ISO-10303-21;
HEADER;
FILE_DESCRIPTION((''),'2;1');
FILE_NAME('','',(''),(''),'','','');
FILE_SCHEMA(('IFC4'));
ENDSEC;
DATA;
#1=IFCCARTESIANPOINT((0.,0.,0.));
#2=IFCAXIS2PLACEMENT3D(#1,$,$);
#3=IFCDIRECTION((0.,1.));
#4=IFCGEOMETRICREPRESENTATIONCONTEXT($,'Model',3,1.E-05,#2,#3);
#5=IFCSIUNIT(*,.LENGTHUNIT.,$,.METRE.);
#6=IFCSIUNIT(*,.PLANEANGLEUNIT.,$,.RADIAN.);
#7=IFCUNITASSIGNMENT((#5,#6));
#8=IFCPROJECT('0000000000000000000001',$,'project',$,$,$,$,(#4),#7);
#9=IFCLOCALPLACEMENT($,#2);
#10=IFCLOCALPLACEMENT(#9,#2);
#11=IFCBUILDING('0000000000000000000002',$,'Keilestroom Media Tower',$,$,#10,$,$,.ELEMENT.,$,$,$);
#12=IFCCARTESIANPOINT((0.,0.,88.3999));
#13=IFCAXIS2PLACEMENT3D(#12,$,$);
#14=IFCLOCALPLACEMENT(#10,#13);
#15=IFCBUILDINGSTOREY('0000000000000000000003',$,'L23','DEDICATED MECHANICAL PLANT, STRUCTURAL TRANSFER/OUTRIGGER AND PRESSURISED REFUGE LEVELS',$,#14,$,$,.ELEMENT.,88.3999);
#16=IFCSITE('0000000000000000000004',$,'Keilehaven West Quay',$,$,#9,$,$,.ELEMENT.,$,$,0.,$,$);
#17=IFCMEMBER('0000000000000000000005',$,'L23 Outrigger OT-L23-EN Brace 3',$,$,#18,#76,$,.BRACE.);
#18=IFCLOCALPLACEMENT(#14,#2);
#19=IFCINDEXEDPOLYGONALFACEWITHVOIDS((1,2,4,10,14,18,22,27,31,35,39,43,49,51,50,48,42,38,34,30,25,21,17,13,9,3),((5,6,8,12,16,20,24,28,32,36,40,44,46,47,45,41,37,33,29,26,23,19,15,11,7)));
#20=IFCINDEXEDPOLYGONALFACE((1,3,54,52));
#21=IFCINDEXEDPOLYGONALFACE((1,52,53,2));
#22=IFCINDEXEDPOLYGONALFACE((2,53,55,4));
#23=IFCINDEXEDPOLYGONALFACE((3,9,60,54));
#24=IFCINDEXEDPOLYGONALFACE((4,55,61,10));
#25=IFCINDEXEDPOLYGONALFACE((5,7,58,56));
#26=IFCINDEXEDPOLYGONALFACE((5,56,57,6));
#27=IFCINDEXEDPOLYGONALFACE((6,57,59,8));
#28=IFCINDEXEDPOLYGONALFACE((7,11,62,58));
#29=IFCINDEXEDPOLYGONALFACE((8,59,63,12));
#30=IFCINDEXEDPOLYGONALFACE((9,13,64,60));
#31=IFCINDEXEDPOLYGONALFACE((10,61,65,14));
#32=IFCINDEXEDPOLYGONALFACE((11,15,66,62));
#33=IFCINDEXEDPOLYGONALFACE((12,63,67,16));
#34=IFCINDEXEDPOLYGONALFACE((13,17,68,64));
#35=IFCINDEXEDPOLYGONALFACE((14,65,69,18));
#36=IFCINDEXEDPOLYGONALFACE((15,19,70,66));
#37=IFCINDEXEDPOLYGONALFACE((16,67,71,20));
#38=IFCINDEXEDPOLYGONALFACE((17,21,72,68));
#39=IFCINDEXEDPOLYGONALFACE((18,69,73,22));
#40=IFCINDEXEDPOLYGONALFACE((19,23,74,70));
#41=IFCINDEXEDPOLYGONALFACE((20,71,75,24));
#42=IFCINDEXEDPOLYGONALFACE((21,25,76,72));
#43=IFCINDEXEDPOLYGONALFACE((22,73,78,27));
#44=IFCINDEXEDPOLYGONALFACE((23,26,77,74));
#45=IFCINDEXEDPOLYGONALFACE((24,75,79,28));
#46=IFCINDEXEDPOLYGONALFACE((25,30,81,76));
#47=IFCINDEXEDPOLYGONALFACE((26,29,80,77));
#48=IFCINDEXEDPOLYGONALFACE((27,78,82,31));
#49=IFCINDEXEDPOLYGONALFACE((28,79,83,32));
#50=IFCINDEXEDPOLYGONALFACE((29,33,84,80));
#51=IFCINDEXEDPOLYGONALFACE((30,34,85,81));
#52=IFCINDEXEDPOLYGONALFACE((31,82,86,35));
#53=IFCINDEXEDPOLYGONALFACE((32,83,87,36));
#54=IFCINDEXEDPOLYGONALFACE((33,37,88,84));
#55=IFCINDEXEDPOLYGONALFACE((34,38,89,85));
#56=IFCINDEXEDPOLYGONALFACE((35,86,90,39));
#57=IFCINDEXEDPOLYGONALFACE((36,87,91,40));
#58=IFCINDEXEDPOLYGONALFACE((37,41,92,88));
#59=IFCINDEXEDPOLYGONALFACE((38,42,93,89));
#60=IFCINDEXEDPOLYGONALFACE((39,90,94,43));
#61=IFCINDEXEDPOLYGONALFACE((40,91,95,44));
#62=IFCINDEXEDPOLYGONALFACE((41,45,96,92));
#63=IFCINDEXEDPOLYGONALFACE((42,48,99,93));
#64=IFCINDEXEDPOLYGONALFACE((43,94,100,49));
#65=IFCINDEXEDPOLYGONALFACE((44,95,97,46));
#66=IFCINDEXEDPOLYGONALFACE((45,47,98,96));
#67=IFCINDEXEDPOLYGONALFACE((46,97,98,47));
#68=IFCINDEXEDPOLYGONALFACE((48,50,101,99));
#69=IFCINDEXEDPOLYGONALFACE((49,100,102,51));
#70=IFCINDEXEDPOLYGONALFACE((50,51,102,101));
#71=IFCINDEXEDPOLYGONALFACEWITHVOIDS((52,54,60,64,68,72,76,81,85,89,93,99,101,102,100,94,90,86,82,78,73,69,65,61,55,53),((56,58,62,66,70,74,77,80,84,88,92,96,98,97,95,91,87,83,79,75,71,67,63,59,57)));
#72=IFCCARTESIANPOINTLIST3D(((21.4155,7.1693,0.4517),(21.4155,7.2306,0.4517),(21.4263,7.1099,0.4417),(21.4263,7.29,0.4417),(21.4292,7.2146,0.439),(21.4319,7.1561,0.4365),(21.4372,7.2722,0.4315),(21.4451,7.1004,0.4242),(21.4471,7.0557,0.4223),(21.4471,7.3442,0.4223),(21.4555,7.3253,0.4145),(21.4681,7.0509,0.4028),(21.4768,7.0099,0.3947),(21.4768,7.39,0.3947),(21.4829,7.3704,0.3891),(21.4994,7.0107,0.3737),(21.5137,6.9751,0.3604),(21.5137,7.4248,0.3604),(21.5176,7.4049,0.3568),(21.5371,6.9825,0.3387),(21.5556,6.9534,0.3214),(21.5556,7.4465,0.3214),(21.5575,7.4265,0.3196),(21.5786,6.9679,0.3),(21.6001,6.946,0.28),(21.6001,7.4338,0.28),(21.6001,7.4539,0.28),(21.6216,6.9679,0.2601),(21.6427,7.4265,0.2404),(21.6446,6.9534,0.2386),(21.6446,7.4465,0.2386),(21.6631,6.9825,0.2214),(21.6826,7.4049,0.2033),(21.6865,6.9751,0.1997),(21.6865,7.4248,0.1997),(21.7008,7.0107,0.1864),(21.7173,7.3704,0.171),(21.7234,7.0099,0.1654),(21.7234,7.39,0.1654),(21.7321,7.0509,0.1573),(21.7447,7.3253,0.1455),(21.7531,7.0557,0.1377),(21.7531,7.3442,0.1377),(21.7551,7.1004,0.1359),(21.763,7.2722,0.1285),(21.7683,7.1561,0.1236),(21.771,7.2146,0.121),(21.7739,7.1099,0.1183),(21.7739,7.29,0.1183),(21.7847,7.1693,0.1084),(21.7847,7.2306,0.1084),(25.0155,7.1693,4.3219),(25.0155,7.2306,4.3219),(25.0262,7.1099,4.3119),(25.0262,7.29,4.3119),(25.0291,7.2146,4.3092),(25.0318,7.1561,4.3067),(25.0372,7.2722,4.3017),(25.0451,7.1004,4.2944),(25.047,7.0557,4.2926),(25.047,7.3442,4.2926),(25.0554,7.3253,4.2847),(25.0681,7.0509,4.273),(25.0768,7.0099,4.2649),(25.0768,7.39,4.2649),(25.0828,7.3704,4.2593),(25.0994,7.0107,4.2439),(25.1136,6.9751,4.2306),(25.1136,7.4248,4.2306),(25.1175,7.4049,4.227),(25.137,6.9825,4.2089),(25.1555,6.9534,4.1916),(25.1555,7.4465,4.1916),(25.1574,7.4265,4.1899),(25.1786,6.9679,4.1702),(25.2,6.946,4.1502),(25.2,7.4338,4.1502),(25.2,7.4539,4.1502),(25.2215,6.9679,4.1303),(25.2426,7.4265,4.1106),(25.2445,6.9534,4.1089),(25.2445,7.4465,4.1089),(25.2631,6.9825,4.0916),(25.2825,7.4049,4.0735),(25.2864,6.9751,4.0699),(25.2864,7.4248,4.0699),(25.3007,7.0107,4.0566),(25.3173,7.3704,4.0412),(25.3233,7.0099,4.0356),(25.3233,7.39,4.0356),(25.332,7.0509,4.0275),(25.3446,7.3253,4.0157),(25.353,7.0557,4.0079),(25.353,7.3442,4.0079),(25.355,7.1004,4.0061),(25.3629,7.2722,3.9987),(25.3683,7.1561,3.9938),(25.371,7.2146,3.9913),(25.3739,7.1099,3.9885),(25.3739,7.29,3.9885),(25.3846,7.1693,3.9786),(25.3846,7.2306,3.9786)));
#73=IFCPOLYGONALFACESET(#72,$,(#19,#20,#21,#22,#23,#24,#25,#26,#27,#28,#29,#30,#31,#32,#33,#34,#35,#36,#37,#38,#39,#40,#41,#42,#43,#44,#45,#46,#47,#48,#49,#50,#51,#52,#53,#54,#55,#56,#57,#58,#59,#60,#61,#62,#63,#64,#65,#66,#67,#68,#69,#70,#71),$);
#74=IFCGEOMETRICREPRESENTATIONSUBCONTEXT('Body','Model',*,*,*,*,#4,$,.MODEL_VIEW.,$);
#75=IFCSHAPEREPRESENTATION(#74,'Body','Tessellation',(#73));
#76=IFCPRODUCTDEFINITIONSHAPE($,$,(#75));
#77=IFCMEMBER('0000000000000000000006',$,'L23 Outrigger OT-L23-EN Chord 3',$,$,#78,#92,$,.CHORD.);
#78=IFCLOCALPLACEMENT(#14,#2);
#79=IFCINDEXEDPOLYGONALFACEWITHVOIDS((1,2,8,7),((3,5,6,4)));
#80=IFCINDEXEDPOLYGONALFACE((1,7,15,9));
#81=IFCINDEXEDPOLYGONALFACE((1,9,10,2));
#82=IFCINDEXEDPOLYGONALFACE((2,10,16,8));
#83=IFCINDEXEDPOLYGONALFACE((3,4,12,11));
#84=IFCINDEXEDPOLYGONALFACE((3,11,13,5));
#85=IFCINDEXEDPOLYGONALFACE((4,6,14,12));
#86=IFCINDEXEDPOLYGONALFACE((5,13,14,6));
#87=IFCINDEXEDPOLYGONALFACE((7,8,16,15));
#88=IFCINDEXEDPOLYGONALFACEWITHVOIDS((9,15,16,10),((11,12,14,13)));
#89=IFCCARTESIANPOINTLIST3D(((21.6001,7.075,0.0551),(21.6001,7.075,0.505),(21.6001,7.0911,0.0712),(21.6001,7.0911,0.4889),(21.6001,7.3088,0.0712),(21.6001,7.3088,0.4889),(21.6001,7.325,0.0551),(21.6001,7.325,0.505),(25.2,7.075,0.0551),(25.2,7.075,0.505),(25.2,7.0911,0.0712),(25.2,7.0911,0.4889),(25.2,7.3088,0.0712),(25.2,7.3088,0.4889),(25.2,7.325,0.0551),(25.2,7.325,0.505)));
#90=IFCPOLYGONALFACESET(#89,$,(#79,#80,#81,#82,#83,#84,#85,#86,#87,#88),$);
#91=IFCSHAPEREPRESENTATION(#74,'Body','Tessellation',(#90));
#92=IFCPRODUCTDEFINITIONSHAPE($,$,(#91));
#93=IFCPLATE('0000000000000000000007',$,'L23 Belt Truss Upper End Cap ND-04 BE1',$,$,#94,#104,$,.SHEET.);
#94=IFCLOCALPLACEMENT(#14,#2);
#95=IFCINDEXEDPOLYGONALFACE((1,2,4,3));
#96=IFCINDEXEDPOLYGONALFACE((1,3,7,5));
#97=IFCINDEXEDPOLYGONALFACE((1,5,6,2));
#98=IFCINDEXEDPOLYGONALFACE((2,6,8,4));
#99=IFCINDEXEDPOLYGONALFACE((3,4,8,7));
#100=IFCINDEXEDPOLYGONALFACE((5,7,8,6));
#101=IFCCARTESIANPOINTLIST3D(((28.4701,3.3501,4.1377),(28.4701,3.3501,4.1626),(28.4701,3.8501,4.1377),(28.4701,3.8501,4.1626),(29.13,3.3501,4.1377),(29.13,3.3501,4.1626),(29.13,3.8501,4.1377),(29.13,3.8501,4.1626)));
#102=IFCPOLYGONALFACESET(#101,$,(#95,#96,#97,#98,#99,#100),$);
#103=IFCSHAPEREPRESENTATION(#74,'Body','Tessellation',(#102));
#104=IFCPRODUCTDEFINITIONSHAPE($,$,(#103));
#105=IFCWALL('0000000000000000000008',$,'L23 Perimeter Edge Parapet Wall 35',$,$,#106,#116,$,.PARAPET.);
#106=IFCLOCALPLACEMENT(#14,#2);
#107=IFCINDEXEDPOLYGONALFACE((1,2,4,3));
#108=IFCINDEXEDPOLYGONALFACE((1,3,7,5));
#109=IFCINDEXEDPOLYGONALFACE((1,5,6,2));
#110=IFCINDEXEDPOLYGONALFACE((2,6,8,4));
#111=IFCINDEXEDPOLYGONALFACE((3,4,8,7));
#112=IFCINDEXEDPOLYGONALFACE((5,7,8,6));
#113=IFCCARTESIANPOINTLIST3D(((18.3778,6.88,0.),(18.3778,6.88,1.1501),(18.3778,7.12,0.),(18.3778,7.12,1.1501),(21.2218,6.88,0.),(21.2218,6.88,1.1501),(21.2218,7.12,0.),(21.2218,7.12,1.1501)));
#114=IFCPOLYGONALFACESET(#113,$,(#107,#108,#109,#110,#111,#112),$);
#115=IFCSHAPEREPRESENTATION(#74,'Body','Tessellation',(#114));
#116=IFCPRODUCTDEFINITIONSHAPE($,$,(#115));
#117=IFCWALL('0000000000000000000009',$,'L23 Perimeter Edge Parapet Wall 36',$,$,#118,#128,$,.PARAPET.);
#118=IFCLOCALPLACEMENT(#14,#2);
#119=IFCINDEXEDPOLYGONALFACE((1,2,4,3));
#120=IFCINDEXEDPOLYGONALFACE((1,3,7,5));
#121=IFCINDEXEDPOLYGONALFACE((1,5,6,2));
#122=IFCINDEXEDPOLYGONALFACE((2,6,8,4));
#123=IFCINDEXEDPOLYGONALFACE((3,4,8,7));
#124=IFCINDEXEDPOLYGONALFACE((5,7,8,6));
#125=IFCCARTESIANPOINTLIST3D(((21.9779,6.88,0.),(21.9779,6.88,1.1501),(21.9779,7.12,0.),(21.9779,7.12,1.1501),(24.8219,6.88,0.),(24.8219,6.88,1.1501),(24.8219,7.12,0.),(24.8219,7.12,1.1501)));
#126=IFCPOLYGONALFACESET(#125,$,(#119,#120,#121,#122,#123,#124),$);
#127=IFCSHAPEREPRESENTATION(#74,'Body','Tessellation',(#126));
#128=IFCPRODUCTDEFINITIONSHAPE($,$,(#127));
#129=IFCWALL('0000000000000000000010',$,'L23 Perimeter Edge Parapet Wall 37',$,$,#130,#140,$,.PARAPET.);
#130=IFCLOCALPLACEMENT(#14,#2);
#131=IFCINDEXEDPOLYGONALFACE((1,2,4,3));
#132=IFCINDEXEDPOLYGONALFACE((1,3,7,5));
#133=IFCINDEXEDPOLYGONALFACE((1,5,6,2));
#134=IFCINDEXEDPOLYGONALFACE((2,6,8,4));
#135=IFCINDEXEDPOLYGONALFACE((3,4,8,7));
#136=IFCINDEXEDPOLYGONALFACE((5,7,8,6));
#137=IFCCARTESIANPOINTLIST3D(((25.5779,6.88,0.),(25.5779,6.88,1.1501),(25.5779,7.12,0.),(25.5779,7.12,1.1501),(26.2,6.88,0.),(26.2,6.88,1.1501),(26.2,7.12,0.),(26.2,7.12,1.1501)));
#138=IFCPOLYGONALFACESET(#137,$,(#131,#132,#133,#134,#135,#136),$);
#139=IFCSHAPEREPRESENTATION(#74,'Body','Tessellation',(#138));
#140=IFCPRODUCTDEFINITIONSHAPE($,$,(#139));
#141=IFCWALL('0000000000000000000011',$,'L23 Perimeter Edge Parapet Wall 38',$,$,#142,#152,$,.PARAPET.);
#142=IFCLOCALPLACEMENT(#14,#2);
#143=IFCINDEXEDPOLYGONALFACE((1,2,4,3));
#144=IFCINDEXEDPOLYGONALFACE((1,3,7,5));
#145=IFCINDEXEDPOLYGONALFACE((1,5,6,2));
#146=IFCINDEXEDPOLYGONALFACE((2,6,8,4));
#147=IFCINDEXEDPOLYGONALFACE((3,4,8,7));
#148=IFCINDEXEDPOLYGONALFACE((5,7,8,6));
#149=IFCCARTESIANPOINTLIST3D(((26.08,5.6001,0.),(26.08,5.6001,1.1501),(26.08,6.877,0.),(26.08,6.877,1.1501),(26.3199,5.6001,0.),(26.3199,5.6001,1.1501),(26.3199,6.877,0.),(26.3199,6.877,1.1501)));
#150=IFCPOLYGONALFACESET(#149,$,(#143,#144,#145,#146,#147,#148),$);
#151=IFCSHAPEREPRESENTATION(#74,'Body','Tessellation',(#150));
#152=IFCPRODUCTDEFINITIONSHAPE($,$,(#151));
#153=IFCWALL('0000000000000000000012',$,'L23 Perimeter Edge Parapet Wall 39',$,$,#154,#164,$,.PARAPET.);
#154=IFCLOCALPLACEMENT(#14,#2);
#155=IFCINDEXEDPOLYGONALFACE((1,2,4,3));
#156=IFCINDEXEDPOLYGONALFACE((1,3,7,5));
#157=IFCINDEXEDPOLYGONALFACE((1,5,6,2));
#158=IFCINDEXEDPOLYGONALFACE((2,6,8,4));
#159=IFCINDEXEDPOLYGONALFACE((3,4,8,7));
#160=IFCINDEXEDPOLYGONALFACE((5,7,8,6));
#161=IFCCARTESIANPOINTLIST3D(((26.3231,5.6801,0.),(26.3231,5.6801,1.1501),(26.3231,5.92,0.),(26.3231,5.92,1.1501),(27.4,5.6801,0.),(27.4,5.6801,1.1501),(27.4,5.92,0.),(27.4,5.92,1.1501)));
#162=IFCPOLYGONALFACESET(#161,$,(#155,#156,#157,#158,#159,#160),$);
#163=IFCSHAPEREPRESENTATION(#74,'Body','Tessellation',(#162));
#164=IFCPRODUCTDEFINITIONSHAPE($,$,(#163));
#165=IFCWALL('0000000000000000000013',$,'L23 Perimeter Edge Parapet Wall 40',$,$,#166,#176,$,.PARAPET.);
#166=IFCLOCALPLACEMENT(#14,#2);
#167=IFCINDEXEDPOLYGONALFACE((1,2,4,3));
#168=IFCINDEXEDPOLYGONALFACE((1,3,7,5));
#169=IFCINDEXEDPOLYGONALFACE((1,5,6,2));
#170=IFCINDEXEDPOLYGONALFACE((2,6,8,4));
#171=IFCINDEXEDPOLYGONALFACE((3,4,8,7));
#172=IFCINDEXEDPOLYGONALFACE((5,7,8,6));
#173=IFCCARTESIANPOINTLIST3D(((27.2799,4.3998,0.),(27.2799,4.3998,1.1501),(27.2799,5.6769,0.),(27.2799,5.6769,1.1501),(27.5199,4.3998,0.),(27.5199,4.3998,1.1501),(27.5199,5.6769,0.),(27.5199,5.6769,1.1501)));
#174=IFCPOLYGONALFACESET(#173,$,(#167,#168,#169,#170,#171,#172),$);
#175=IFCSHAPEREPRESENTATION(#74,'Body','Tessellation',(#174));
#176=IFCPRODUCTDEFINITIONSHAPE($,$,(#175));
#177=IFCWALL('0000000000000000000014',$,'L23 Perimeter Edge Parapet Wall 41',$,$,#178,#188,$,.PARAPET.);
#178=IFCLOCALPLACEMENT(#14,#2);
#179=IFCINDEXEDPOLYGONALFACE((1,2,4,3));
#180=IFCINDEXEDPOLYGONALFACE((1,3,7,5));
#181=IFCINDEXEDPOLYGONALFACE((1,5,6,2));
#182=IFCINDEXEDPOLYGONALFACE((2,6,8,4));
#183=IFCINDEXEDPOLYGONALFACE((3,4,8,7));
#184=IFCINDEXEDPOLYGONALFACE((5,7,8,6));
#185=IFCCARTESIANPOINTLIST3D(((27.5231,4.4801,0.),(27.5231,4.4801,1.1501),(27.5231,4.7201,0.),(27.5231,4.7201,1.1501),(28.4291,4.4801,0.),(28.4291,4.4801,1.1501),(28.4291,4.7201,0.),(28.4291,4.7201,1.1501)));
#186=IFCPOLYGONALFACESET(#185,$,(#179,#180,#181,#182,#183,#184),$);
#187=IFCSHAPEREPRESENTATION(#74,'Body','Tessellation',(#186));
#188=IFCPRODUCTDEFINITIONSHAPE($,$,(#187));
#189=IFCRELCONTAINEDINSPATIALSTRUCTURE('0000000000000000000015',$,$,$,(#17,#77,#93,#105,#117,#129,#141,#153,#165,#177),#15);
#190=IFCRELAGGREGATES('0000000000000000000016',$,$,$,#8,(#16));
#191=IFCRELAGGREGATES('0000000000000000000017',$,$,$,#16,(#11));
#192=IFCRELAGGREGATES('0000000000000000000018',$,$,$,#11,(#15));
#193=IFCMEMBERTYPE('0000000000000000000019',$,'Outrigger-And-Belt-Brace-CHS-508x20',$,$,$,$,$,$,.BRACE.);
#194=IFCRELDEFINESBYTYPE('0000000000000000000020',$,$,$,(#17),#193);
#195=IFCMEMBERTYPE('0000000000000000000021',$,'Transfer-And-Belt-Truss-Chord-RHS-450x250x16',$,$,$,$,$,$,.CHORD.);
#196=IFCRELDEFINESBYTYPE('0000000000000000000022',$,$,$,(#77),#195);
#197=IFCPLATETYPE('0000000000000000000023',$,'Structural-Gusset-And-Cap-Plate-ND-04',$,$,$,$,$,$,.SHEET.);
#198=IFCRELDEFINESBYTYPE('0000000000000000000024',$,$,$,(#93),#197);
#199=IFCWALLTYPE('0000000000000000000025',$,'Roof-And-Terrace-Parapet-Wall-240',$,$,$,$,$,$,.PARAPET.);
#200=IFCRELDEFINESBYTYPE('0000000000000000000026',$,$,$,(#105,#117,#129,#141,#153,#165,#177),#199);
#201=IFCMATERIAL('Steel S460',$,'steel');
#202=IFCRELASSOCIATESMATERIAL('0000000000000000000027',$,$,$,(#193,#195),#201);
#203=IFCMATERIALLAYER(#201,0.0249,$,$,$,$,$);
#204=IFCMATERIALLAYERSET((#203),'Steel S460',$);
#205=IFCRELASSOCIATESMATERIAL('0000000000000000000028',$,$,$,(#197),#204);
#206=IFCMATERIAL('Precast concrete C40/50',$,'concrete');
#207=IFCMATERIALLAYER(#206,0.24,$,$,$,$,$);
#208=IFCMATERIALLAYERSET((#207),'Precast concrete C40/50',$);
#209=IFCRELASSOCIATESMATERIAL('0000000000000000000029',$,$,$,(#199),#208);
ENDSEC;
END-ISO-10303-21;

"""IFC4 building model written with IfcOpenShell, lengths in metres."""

from ifc_helpers import new_model, si_unit, direction, frame, frame_2d, origin, origin_2d, place, context, subcontext, project, spatial, rectangle, hollow_rectangle, hollow_circle, extrude, source, transform, mapped, material, layer, layer_set, material_profile, profile_set, type_object, element, save


model = new_model("IFC4")

# Units and contexts
model_context = context("Model", 3, precision=1e-05, world=origin(), true_north=direction((0.0, 1.0)))
body_context = subcontext(model_context, "Body", "Model", "MODEL_VIEW")
ifc_project = project(units=[si_unit("LENGTHUNIT", "METRE"), si_unit("PLANEANGLEUNIT", "RADIAN")], contexts=[model_context])

# Site, building, storey
site_placement = place(None, origin())
site = spatial("IfcSite", under=ifc_project, at=site_placement, Name="Keilehaven West Quay", CompositionType="ELEMENT", RefElevation=0.0)
building_placement = place(site_placement, origin())
building = spatial("IfcBuilding", under=site, at=building_placement, Name="Keilestroom Media Tower", CompositionType="ELEMENT")
storey_placement = place(building_placement, frame((0.0, 0.0, 88.3999)))
storey = spatial("IfcBuildingStorey", under=building, at=storey_placement, Name="L23", Description="DEDICATED MECHANICAL PLANT, STRUCTURAL TRANSFER/OUTRIGGER AND PRESSURISED REFUGE LEVELS", CompositionType="ELEMENT", Elevation=88.3999)

# Shared definitions
ifc_material_1 = material(Name="Precast concrete C40/50", Category="concrete")
ifc_material_2 = material(Name="Steel S460", Category="steel")

# Members
ifc_material_profile_1 = material_profile(ifc_material_2, hollow_circle(Radius=0.2539, WallThickness=0.02, at=origin_2d()), Name="CHS 508x20")
ifc_profile_set_1 = profile_set([ifc_material_profile_1], Name="Steel S460")
member_type_1 = type_object("IfcMemberType", Name="Outrigger-And-Belt-Brace-CHS-508x20", PredefinedType="BRACE", material=ifc_profile_set_1)
shared_shape_1 = source(origin(), body_context, "Body", "SweptSolid", [
    extrude(hollow_circle(Radius=0.2539, WallThickness=0.02, at=origin_2d()), origin(), (0.0, 0.0, 1.0), 5.2856),
])
member_1_placement = place(storey_placement, frame((21.6001, 7.2, 0.28), z_axis=(0.681078, 0.0, 0.732211), x_axis=(0.0, 1.0, 0.0)))
element("IfcMember", 1, at=member_1_placement, inside=storey, type_object=member_type_1, Name="L23 Outrigger OT-L23-EN Brace 3", PredefinedType="BRACE", context=body_context, shape_type="MappedRepresentation", body=[
    mapped(shared_shape_1, transform((0.0, 0.0, 0.0), x_axis=(1.0, 0.0, 0.0), y_axis=(0.0, 1.0, 0.0), z_axis=(0.0, 0.0, 1.0), scale=1.0)),
])
ifc_material_profile_2 = material_profile(ifc_material_2, hollow_rectangle(XDim=0.25, YDim=0.45, WallThickness=0.0161, at=origin_2d()), Name="RHS 450x250x16")
ifc_profile_set_2 = profile_set([ifc_material_profile_2], Name="Steel S460")
member_type_2 = type_object("IfcMemberType", Name="Transfer-And-Belt-Truss-Chord-RHS-450x250x16", PredefinedType="CHORD", material=ifc_profile_set_2)
shared_shape_2 = source(origin(), body_context, "Body", "SweptSolid", [
    extrude(hollow_rectangle(XDim=0.25, YDim=0.45, WallThickness=0.0161, at=origin_2d()), origin(), (0.0, 0.0, 1.0), 3.5999),
])
member_2_placement = place(storey_placement, frame((21.6001, 7.2, 0.28), z_axis=(1.0, 0.0, 0.0), x_axis=(0.0, 1.0, 0.0)))
element("IfcMember", 2, at=member_2_placement, inside=storey, type_object=member_type_2, Name="L23 Outrigger OT-L23-EN Chord 3", PredefinedType="CHORD", context=body_context, shape_type="MappedRepresentation", body=[
    mapped(shared_shape_2, transform((0.0, 0.0, 0.0), x_axis=(1.0, 0.0, 0.0), y_axis=(0.0, 1.0, 0.0), z_axis=(0.0, 0.0, 1.0), scale=1.0)),
])

# Plate
ifc_layer_1 = layer(ifc_material_2, 0.0249)
ifc_layer_set_1 = layer_set([ifc_layer_1], Name="Steel S460")
plate_type = type_object("IfcPlateType", Name="Structural-Gusset-And-Cap-Plate-ND-04", PredefinedType="SHEET", material=ifc_layer_set_1)
shared_shape_3 = source(origin(), body_context, "Body", "SweptSolid", [
    extrude(rectangle(XDim=0.6599, YDim=0.5, at=origin_2d()), origin(), (0.0, 0.0, 1.0), 0.0249),
])
plate_placement = place(storey_placement, frame((28.8, 3.6001, 4.1377), z_axis=(0.0, 0.0, 1.0), x_axis=(1.0, 0.0, 0.0)))
element("IfcPlate", 3, at=plate_placement, inside=storey, type_object=plate_type, Name="L23 Belt Truss Upper End Cap ND-04 BE1", PredefinedType="SHEET", context=body_context, shape_type="MappedRepresentation", body=[
    mapped(shared_shape_3, transform((0.0, 0.0, 0.0), x_axis=(1.0, 0.0, 0.0), y_axis=(0.0, 1.0, 0.0), z_axis=(0.0, 0.0, 1.0), scale=1.0)),
])

# Walls
ifc_layer_2 = layer(ifc_material_1, 0.24)
ifc_layer_set_2 = layer_set([ifc_layer_2], Name="Precast concrete C40/50")
wall_type = type_object("IfcWallType", Name="Roof-And-Terrace-Parapet-Wall-240", PredefinedType="PARAPET", material=ifc_layer_set_2)
for number, where, z_axis, x_axis, name in (
    (4, (18.3779, 7.0, 0.0), (0.0, 0.0, 1.0), (1.0, 0.0, 0.0), "L23 Perimeter Edge Parapet Wall 35"),
    (5, (21.978, 7.0, 0.0), (0.0, 0.0, 1.0), (1.0, 0.0, 0.0), "L23 Perimeter Edge Parapet Wall 36"),
):
    element("IfcWall", number, at=place(storey_placement, frame(where, z_axis=z_axis, x_axis=x_axis)), inside=storey, type_object=wall_type, Name=name, PredefinedType="PARAPET", context=body_context, shape_type="SweptSolid", body=[
        extrude(rectangle(XDim=2.844, YDim=0.24, at=frame_2d((1.4219, 0.0))), origin(), (0.0, 0.0, 1.0), 1.1501),
    ])
wall_1_placement = place(storey_placement, frame((25.5779, 7.0, 0.0), z_axis=(0.0, 0.0, 1.0), x_axis=(1.0, 0.0, 0.0)))
element("IfcWall", 6, at=wall_1_placement, inside=storey, type_object=wall_type, Name="L23 Perimeter Edge Parapet Wall 37", PredefinedType="PARAPET", context=body_context, shape_type="SweptSolid", body=[
    extrude(rectangle(XDim=0.6221, YDim=0.24, at=frame_2d((0.311, 0.0))), origin(), (0.0, 0.0, 1.0), 1.1501),
])
wall_2_placement = place(storey_placement, frame((26.2, 6.877, 0.0), z_axis=(0.0, 0.0, 1.0), x_axis=(0.0, -1.0, 0.0)))
element("IfcWall", 7, at=wall_2_placement, inside=storey, type_object=wall_type, Name="L23 Perimeter Edge Parapet Wall 38", PredefinedType="PARAPET", context=body_context, shape_type="SweptSolid", body=[
    extrude(rectangle(XDim=1.2769, YDim=0.24, at=frame_2d((0.6384, 0.0))), origin(), (0.0, 0.0, 1.0), 1.1501),
])
wall_3_placement = place(storey_placement, frame((26.323, 5.8, 0.0), z_axis=(0.0, 0.0, 1.0), x_axis=(1.0, 0.0, 0.0)))
element("IfcWall", 8, at=wall_3_placement, inside=storey, type_object=wall_type, Name="L23 Perimeter Edge Parapet Wall 39", PredefinedType="PARAPET", context=body_context, shape_type="SweptSolid", body=[
    extrude(rectangle(XDim=1.0769, YDim=0.24, at=frame_2d((0.5386, 0.0))), origin(), (0.0, 0.0, 1.0), 1.1501),
])
wall_4_placement = place(storey_placement, frame((27.3999, 5.677, 0.0), z_axis=(0.0, 0.0, 1.0), x_axis=(0.0, -1.0, 0.0)))
element("IfcWall", 9, at=wall_4_placement, inside=storey, type_object=wall_type, Name="L23 Perimeter Edge Parapet Wall 40", PredefinedType="PARAPET", context=body_context, shape_type="SweptSolid", body=[
    extrude(rectangle(XDim=1.2771, YDim=0.24, at=frame_2d((0.6387, 0.0))), origin(), (0.0, 0.0, 1.0), 1.1501),
])
wall_5_placement = place(storey_placement, frame((27.5229, 4.6001, 0.0), z_axis=(0.0, 0.0, 1.0), x_axis=(1.0, 0.0, 0.0)))
element("IfcWall", 10, at=wall_5_placement, inside=storey, type_object=wall_type, Name="L23 Perimeter Edge Parapet Wall 41", PredefinedType="PARAPET", context=body_context, shape_type="SweptSolid", body=[
    extrude(rectangle(XDim=0.906, YDim=0.24, at=frame_2d((0.4531, 0.0))), origin(), (0.0, 0.0, 1.0), 1.1501),
])

save(model, "model.ifc")
